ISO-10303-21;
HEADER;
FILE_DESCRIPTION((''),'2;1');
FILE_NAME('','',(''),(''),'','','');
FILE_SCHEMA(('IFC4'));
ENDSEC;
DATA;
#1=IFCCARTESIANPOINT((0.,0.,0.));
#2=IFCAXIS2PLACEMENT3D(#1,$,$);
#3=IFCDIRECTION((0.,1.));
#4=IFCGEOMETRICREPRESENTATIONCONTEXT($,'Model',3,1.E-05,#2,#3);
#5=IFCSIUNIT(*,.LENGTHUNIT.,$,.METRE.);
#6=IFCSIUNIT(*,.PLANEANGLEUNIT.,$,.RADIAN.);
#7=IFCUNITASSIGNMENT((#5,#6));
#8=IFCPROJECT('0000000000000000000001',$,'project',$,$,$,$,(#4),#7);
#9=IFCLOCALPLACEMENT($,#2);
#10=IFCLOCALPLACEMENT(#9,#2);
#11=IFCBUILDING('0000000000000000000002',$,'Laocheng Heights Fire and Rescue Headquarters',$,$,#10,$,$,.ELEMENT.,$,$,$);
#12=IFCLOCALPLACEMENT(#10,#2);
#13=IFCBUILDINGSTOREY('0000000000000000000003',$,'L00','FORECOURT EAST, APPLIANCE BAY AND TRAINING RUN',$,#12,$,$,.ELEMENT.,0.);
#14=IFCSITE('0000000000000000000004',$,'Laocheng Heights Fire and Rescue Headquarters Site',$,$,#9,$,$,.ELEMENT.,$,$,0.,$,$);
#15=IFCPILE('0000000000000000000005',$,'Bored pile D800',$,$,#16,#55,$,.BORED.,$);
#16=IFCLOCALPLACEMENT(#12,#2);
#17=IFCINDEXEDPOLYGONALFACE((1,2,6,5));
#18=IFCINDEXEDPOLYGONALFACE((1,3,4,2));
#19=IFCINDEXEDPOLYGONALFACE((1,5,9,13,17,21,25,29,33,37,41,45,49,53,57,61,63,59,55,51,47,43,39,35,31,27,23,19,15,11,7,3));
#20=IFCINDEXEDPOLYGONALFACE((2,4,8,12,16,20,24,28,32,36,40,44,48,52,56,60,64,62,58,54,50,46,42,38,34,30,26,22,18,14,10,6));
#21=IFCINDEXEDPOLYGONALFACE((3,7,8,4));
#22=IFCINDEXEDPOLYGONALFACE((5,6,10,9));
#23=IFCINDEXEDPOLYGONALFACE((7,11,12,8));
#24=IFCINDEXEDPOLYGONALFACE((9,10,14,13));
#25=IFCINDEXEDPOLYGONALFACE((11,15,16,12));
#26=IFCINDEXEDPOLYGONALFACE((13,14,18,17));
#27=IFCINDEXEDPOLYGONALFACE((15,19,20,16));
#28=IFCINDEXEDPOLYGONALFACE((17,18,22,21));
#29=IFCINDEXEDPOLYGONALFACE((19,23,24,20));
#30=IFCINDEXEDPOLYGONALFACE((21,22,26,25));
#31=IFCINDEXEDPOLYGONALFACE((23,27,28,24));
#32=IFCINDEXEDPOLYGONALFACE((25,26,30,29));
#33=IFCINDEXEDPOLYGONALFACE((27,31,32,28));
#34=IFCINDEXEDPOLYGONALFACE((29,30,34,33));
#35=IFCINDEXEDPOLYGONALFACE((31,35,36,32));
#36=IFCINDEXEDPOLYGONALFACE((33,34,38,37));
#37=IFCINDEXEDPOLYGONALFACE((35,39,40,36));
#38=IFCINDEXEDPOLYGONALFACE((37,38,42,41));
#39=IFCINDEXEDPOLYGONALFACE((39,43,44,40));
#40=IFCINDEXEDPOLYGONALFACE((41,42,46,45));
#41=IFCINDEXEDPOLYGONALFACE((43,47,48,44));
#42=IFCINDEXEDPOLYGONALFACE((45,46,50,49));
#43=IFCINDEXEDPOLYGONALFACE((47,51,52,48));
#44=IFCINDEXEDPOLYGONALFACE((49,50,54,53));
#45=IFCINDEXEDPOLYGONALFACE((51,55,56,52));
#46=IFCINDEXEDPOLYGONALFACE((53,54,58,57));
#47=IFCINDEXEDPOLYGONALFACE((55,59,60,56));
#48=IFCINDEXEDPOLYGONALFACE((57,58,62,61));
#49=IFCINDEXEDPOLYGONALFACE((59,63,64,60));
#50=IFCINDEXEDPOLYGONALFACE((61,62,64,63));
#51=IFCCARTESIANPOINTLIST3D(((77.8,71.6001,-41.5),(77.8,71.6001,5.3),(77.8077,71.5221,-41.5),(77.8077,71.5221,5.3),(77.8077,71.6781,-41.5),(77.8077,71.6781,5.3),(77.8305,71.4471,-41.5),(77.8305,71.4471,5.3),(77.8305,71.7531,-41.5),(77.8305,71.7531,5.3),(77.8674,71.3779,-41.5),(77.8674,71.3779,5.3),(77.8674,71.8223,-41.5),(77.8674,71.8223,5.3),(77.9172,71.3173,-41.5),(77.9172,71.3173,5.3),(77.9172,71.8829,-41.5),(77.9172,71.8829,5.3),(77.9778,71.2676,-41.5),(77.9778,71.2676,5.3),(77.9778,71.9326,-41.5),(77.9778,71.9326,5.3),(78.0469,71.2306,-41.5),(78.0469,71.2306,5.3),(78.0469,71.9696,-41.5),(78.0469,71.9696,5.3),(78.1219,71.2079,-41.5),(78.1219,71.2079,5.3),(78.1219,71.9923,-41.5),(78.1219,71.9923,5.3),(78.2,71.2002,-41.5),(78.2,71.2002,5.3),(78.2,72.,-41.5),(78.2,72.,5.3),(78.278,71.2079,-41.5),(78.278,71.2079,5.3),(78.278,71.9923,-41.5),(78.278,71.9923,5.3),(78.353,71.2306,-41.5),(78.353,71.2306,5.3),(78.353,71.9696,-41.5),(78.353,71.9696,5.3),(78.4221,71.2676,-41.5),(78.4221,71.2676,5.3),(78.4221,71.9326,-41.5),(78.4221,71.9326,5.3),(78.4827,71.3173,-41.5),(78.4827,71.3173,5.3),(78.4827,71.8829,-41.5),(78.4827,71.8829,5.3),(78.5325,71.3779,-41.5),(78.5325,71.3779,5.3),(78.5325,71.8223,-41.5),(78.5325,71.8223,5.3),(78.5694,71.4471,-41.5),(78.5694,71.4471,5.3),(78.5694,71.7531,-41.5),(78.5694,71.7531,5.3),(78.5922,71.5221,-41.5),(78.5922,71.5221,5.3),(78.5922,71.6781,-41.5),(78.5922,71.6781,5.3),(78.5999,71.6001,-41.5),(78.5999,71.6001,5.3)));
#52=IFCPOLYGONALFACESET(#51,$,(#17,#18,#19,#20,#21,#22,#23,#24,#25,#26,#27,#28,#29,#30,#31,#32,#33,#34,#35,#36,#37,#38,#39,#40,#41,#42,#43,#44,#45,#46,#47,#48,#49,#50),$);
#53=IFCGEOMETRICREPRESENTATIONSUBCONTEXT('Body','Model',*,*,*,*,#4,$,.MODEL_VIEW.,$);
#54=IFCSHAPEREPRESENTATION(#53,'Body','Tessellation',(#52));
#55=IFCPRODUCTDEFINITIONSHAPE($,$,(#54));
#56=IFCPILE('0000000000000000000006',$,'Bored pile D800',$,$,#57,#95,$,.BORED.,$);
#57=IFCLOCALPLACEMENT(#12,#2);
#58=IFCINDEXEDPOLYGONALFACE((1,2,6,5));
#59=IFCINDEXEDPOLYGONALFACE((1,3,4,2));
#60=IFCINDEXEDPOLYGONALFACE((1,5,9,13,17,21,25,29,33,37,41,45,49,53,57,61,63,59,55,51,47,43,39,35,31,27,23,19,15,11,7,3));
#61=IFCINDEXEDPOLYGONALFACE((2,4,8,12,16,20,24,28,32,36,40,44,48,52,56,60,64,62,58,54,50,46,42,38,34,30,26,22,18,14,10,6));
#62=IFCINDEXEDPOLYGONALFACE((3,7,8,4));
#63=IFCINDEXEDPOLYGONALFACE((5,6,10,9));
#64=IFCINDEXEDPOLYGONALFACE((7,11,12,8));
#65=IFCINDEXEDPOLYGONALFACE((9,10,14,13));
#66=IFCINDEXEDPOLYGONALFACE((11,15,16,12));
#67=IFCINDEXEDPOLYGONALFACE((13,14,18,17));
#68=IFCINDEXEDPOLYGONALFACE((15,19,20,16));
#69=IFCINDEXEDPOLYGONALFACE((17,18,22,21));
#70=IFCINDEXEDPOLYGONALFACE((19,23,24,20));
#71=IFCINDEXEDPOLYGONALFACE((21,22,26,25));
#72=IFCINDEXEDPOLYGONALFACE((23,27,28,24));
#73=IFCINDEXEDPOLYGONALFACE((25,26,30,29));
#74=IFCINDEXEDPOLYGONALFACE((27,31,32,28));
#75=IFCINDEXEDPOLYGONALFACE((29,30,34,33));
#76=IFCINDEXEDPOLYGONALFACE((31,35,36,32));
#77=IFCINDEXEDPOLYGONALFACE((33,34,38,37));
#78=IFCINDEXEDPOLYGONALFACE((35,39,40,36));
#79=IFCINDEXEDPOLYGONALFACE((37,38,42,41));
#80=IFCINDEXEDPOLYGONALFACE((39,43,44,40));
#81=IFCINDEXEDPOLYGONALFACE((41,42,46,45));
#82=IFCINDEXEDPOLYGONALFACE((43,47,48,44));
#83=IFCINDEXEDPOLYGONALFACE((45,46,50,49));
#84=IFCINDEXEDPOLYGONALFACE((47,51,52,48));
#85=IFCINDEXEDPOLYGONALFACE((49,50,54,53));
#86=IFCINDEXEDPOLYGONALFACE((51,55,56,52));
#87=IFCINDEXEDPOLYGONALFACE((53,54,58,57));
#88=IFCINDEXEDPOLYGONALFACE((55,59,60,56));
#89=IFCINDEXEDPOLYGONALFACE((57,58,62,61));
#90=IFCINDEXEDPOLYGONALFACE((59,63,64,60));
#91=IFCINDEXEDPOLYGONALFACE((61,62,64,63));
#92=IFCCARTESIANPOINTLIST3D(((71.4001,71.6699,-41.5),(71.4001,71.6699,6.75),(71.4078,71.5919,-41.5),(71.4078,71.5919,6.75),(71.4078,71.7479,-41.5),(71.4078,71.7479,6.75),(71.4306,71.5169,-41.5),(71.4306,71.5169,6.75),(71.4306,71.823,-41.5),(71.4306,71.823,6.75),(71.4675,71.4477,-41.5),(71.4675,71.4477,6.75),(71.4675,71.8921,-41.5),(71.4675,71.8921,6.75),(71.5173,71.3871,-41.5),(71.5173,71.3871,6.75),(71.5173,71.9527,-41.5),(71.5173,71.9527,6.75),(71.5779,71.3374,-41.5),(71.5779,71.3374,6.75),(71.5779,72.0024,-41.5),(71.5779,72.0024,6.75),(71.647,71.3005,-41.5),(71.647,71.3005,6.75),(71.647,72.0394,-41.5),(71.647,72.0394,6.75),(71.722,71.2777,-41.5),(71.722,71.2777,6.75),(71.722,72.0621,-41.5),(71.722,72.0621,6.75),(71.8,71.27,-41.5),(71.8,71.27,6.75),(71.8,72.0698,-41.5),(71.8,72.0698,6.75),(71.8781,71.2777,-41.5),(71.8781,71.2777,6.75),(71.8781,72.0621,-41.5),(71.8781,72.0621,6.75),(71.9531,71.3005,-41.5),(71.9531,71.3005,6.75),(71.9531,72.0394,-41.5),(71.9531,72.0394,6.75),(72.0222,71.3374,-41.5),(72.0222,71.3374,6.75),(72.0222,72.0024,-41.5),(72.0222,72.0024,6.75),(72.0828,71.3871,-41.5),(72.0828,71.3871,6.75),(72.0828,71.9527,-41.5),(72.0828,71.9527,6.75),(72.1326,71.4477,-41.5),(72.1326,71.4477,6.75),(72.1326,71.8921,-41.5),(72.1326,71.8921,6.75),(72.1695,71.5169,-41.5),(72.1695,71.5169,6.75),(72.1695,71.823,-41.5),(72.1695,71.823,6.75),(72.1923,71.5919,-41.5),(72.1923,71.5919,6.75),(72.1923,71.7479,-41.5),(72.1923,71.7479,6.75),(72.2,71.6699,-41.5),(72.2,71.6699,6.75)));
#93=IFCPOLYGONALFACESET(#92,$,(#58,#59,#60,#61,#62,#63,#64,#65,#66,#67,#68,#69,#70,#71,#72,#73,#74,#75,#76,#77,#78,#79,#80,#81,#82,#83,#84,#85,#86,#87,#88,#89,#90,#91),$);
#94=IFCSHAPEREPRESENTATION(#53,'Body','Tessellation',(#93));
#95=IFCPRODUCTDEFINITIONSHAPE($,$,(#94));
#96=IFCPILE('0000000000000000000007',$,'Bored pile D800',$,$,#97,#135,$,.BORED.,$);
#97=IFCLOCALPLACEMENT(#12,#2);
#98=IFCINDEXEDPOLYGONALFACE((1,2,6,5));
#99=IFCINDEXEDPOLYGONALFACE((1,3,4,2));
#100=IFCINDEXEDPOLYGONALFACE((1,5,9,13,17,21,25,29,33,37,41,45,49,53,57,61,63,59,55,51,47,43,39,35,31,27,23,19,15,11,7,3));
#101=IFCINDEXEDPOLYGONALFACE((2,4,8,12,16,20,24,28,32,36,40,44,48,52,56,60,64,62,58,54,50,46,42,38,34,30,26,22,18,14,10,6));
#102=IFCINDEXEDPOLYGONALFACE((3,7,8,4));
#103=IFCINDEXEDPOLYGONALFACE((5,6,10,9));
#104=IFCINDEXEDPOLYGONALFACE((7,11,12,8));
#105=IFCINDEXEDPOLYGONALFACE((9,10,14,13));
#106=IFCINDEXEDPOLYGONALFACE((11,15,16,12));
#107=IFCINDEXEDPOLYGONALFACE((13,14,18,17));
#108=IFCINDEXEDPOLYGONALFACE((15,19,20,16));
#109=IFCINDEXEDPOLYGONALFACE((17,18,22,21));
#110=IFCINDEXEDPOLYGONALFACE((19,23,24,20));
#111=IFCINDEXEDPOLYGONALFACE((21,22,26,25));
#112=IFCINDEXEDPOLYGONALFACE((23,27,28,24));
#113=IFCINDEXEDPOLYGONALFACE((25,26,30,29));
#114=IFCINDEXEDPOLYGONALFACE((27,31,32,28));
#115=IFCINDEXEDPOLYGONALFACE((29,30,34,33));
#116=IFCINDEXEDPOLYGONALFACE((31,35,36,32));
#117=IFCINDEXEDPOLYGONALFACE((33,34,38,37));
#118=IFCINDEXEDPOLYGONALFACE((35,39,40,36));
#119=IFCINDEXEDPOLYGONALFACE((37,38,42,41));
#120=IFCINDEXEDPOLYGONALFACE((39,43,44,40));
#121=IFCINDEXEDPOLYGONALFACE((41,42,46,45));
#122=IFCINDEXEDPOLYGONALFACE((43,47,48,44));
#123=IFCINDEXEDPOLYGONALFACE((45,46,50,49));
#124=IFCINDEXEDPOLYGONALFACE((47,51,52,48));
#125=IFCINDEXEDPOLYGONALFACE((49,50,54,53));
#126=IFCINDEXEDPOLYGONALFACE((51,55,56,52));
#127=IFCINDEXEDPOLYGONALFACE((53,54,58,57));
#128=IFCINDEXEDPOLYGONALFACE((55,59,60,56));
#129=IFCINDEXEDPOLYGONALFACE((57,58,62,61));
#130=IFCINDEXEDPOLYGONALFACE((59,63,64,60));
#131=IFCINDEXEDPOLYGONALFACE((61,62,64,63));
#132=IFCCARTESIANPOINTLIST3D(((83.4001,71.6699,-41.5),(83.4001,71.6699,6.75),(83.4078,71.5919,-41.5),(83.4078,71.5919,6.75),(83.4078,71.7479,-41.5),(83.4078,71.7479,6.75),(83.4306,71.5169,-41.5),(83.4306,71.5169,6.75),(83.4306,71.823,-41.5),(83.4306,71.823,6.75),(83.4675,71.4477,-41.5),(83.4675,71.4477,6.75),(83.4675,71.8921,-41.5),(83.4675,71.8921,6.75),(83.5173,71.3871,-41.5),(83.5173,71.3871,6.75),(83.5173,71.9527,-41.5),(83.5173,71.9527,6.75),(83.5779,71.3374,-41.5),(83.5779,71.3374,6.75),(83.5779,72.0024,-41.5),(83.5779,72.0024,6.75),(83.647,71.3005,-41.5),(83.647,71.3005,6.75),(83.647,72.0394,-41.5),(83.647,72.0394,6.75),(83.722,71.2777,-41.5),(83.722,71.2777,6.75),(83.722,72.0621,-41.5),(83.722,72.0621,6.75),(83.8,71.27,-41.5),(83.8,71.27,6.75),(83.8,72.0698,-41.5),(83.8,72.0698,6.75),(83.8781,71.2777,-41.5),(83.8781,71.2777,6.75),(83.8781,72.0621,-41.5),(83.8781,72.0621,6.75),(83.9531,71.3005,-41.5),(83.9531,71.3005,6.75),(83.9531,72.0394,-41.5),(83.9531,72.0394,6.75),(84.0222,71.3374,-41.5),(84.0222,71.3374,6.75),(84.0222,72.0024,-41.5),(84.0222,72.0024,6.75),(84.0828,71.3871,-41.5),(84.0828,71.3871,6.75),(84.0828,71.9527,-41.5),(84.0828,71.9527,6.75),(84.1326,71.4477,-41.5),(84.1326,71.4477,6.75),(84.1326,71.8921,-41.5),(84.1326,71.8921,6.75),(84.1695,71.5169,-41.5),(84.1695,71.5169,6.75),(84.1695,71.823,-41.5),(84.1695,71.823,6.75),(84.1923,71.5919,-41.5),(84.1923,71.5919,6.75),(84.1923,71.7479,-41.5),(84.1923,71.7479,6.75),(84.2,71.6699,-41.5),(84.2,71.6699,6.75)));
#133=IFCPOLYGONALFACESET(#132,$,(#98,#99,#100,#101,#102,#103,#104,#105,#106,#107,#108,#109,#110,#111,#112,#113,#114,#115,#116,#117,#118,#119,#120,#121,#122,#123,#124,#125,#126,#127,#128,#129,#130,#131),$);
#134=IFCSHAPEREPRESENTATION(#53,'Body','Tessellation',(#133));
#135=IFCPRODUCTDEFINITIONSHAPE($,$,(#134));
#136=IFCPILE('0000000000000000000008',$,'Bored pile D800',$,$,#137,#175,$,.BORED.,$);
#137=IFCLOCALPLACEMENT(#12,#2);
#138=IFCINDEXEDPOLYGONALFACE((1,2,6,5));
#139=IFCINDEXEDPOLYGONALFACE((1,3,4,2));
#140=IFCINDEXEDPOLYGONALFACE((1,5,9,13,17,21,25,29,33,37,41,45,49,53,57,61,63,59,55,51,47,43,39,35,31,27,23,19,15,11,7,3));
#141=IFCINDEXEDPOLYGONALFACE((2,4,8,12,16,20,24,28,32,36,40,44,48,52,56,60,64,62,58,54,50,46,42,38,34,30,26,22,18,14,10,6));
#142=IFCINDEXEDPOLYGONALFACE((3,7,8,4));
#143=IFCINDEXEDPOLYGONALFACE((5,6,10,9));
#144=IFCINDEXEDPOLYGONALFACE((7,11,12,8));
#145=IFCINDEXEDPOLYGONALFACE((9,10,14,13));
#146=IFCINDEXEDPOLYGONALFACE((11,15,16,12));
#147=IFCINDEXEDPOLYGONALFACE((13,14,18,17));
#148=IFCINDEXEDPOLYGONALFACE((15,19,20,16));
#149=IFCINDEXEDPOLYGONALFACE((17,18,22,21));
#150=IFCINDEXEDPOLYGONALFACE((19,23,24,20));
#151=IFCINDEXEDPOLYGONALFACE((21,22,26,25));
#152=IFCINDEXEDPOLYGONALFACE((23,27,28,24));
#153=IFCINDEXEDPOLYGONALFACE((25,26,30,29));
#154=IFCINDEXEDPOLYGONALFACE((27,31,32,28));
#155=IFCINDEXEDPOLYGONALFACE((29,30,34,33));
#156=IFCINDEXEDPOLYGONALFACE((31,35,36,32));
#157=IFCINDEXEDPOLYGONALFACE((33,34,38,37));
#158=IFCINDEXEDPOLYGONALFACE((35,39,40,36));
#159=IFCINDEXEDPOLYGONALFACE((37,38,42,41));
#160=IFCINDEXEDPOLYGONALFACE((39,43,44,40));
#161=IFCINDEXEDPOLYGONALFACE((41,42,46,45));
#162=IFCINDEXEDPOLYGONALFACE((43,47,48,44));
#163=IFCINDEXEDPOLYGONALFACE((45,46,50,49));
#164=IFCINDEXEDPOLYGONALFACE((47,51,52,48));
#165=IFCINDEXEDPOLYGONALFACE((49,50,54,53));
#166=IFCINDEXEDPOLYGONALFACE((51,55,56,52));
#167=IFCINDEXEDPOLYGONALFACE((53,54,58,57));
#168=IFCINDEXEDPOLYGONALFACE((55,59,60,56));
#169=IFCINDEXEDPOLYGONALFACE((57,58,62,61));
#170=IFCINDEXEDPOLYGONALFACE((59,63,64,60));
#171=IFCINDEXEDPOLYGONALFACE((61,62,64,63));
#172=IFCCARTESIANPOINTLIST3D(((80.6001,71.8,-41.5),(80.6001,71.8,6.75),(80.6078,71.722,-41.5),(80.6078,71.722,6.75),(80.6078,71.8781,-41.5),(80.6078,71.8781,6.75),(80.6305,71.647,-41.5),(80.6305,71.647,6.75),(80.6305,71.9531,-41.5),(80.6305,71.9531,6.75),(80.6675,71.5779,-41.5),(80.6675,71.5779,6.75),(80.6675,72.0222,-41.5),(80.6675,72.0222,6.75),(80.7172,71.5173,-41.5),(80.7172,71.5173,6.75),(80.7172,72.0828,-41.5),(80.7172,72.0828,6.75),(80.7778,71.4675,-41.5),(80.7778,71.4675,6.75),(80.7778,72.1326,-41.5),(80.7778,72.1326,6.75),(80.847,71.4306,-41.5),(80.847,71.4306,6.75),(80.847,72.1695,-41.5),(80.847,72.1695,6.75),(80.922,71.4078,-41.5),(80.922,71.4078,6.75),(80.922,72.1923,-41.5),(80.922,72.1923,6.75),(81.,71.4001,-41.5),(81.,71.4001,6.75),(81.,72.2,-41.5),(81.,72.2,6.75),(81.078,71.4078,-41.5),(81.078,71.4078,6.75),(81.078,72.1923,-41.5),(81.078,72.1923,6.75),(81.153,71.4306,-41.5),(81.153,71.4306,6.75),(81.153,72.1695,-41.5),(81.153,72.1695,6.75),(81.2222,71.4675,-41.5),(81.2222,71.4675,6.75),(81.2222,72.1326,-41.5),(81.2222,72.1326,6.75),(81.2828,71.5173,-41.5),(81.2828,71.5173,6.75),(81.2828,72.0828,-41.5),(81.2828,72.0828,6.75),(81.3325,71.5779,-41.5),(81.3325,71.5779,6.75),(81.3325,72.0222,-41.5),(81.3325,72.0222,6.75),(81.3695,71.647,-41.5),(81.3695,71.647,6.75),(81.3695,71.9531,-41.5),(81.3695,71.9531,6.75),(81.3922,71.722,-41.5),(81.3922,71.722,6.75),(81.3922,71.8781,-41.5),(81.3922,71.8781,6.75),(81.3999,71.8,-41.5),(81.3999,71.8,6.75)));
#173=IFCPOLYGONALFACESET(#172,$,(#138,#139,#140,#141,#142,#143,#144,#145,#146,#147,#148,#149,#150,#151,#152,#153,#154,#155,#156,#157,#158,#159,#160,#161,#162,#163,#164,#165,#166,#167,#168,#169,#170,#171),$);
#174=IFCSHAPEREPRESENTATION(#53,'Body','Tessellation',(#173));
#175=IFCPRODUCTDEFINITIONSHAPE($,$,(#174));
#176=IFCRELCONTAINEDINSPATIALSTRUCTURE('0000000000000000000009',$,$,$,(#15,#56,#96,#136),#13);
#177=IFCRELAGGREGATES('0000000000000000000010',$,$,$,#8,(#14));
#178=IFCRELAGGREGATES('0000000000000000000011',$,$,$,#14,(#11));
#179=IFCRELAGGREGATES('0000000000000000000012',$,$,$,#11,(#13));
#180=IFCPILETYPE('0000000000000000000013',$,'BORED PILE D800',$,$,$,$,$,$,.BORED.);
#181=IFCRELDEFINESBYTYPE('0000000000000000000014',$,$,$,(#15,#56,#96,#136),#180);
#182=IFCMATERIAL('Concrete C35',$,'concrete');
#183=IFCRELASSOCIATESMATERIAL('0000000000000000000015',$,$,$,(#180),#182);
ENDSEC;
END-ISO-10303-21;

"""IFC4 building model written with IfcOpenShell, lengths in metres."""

from ifc_helpers import new_model, si_unit, direction, frame, origin, origin_2d, place, context, subcontext, project, spatial, circle, extrude, material, material_profile, profile_set, type_object, element, save


model = new_model("IFC4")

# Units and contexts
model_context = context("Model", 3, precision=1e-05, world=origin(), true_north=direction((0.0, 1.0)))
body_context = subcontext(model_context, "Body", "Model", "MODEL_VIEW")
ifc_project = project(units=[si_unit("LENGTHUNIT", "METRE"), si_unit("PLANEANGLEUNIT", "RADIAN")], contexts=[model_context])

# Site, building, storey
site_placement = place(None, origin())
site = spatial("IfcSite", under=ifc_project, at=site_placement, Name="Laocheng Heights Fire and Rescue Headquarters Site", CompositionType="ELEMENT", RefElevation=0.0)
building_placement = place(site_placement, origin())
building = spatial("IfcBuilding", under=site, at=building_placement, Name="Laocheng Heights Fire and Rescue Headquarters", CompositionType="ELEMENT")
storey_placement = place(building_placement, origin())
storey = spatial("IfcBuildingStorey", under=building, at=storey_placement, Name="L00", Description="FORECOURT EAST, APPLIANCE BAY AND TRAINING RUN", CompositionType="ELEMENT", Elevation=0.0)

# Piles
ifc_material_1 = material(Name="Concrete C35", Category="concrete")
ifc_material_profile_1 = material_profile(ifc_material_1, circle(Radius=0.3999, at=origin_2d()), Name="BORED PILE D800")
ifc_profile_set_1 = profile_set([ifc_material_profile_1], Name="Concrete C35")
pile_type_1 = type_object("IfcPileType", Name="BORED PILE D800", PredefinedType="BORED", material=ifc_profile_set_1)
pile_1_placement = place(storey_placement, frame((78.2, 71.6001, 5.3), z_axis=(0.0, 0.0, -1.0), x_axis=(1.0, 0.0, 0.0)))
element("IfcPile", 1, at=pile_1_placement, inside=storey, type_object=pile_type_1, Name="Bored pile D800", PredefinedType="BORED", context=body_context, shape_type="SweptSolid", body=[
    extrude(circle(Radius=0.3999, at=origin_2d()), origin(), (0.0, 0.0, 1.0), 46.8),
])
for number, where, z_axis, x_axis, name in (
    (2, (71.8, 71.6699, 6.75), (0.0, 0.0, -1.0), (1.0, 0.0, 0.0), "Bored pile D800"),
    (3, (83.8, 71.6699, 6.75), (0.0, 0.0, -1.0), (1.0, 0.0, 0.0), "Bored pile D800"),
    (4, (81.0, 71.8, 6.75), (0.0, 0.0, -1.0), (1.0, 0.0, 0.0), "Bored pile D800"),
):
    element("IfcPile", number, at=place(storey_placement, frame(where, z_axis=z_axis, x_axis=x_axis)), inside=storey, type_object=pile_type_1, Name=name, PredefinedType="BORED", context=body_context, shape_type="SweptSolid", body=[
        extrude(circle(Radius=0.3999, at=origin_2d()), origin(), (0.0, 0.0, 1.0), 48.25),
    ])

save(model, "model.ifc")
